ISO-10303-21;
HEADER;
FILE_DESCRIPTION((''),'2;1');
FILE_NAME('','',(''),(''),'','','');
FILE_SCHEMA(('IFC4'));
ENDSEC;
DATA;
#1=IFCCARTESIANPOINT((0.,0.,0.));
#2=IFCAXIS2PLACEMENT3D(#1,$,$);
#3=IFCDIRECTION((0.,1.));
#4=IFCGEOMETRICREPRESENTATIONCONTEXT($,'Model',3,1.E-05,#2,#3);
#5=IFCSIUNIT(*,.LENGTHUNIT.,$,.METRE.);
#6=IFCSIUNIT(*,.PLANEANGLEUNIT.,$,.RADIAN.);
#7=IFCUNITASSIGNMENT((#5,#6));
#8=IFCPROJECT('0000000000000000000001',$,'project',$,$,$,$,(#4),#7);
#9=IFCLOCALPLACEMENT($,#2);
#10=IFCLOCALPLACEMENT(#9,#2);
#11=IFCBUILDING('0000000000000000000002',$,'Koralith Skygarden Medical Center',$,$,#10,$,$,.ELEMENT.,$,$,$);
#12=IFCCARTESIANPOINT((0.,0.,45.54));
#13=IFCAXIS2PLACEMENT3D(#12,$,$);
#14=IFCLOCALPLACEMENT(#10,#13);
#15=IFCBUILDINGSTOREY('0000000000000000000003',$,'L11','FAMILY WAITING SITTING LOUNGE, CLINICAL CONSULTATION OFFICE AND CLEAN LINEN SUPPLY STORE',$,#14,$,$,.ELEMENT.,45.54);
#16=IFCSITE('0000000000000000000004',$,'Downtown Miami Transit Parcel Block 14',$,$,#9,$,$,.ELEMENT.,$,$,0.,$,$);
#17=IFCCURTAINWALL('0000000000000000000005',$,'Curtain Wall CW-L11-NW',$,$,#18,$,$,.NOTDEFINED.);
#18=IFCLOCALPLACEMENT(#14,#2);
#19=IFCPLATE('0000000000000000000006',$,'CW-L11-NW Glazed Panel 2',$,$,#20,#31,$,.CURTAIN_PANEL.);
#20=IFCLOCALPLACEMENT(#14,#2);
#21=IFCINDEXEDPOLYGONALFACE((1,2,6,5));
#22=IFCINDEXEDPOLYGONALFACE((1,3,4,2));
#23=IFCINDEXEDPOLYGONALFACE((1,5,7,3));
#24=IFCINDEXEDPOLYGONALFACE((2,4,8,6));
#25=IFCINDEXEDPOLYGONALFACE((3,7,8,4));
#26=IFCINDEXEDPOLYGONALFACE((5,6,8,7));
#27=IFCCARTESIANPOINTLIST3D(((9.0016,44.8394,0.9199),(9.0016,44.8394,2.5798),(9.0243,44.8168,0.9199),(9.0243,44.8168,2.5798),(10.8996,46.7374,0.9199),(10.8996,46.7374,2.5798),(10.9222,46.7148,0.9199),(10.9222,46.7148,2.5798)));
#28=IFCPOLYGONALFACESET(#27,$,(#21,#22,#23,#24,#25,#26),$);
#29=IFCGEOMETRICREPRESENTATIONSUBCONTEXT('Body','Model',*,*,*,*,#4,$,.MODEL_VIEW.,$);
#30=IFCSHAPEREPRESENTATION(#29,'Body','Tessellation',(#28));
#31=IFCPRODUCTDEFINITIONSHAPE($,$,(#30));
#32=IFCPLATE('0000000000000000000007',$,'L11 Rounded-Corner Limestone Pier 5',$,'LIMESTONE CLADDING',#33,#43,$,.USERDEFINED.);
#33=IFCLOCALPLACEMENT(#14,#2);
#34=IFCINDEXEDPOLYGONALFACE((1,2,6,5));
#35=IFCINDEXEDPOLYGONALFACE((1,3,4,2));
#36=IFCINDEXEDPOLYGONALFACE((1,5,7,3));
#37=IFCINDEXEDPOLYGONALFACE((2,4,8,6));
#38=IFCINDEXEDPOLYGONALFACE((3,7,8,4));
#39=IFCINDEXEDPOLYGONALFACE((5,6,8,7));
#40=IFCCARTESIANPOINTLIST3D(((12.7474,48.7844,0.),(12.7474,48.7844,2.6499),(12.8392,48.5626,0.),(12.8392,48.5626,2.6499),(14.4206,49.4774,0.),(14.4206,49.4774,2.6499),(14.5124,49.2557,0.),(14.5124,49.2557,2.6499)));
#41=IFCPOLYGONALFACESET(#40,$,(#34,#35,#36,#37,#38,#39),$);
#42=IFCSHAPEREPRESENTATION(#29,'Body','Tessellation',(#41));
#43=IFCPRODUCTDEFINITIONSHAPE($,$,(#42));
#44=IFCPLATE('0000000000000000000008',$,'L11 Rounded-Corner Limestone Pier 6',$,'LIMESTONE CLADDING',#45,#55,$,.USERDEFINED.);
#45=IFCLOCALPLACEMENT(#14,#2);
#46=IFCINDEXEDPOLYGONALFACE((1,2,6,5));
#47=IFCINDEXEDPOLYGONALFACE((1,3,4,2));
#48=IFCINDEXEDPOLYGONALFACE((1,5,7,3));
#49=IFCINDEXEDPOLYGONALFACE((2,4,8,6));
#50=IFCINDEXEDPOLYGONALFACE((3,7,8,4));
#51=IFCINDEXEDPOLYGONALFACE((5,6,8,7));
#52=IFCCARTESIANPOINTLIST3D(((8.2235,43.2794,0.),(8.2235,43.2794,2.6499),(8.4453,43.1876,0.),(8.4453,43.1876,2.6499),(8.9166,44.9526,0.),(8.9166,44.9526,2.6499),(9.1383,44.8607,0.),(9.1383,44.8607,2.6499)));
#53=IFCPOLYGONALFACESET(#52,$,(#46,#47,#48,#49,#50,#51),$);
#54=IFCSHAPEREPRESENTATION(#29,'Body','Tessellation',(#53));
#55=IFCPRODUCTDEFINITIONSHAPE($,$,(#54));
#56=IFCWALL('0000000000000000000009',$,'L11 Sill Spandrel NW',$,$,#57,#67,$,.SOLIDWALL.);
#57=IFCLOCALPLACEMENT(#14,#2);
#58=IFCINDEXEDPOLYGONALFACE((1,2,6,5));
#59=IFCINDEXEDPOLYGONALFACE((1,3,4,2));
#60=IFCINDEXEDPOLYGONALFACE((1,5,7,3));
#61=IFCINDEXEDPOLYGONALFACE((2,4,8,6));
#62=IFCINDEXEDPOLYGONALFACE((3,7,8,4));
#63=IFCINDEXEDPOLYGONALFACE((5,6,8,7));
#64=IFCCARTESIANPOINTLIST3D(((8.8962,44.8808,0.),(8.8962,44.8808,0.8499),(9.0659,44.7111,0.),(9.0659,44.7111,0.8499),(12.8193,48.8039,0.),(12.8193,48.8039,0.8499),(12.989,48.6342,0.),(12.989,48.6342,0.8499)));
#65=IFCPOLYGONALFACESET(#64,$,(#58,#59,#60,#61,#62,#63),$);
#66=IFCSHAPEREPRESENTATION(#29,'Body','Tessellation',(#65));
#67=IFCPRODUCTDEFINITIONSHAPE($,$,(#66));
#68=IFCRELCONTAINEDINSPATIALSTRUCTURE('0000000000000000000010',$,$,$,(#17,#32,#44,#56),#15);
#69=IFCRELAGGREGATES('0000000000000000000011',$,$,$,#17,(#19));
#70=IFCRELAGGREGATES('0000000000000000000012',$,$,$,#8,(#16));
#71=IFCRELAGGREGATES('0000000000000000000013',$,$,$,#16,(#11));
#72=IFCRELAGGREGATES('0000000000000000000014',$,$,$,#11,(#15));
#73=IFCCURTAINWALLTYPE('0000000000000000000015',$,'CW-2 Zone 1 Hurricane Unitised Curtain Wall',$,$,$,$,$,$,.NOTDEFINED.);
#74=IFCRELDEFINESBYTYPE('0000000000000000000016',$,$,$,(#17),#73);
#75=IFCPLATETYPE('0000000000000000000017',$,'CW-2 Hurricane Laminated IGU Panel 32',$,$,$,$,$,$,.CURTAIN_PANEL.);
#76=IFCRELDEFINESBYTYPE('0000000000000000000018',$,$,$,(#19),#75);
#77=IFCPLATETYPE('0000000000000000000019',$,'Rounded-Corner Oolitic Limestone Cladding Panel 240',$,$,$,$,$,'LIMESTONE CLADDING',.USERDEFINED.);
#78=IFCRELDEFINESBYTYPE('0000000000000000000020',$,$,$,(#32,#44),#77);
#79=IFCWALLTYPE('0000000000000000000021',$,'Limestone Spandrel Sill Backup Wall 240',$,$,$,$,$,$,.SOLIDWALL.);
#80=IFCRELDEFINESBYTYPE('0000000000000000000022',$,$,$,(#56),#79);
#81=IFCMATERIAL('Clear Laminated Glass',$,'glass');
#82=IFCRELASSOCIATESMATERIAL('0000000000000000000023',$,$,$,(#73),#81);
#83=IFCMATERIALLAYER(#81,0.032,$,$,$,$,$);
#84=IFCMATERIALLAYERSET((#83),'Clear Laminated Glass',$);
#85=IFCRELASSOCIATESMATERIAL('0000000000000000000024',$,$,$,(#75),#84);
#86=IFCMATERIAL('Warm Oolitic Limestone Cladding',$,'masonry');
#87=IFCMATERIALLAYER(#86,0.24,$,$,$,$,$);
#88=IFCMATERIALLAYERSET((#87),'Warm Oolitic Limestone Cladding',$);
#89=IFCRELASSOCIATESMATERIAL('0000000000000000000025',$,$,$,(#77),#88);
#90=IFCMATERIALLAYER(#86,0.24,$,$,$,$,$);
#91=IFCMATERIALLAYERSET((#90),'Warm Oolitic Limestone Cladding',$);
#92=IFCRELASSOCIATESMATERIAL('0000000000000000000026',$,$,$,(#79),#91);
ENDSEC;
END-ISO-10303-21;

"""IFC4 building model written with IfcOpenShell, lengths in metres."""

from ifc_helpers import new_model, si_unit, direction, frame, frame_2d, origin, origin_2d, place, context, subcontext, project, spatial, rectangle, extrude, material, layer, layer_set, type_object, element, aggregate, save


model = new_model("IFC4")

# Units and contexts
model_context = context("Model", 3, precision=1e-05, world=origin(), true_north=direction((0.0, 1.0)))
body_context = subcontext(model_context, "Body", "Model", "MODEL_VIEW")
ifc_project = project(units=[si_unit("LENGTHUNIT", "METRE"), si_unit("PLANEANGLEUNIT", "RADIAN")], contexts=[model_context])

# Site, building, storey
site_placement = place(None, origin())
site = spatial("IfcSite", under=ifc_project, at=site_placement, Name="Downtown Miami Transit Parcel Block 14", CompositionType="ELEMENT", RefElevation=0.0)
building_placement = place(site_placement, origin())
building = spatial("IfcBuilding", under=site, at=building_placement, Name="Koralith Skygarden Medical Center", CompositionType="ELEMENT")
storey_placement = place(building_placement, frame((0.0, 0.0, 45.54)))
storey = spatial("IfcBuildingStorey", under=building, at=storey_placement, Name="L11", Description="FAMILY WAITING SITTING LOUNGE, CLINICAL CONSULTATION OFFICE AND CLEAN LINEN SUPPLY STORE", CompositionType="ELEMENT", Elevation=45.54)

# Curtain wall
ifc_material_1 = material(Name="Clear Laminated Glass", Category="glass")
curtain_wall_type = type_object("IfcCurtainWallType", Name="CW-2 Zone 1 Hurricane Unitised Curtain Wall", PredefinedType="NOTDEFINED", material=ifc_material_1)
curtain_wall_1_placement = place(storey_placement, origin())
curtain_wall_1 = element("IfcCurtainWall", 1, at=curtain_wall_1_placement, inside=storey, type_object=curtain_wall_type, Name="Curtain Wall CW-L11-NW", PredefinedType="NOTDEFINED")

# Plate
ifc_layer_1 = layer(ifc_material_1, 0.032)
ifc_layer_set_1 = layer_set([ifc_layer_1], Name="Clear Laminated Glass")
plate_type_1 = type_object("IfcPlateType", Name="CW-2 Hurricane Laminated IGU Panel 32", PredefinedType="CURTAIN_PANEL", material=ifc_layer_set_1)
plate_1_placement = place(storey_placement, frame((9.9619, 45.7771, 0.9199), z_axis=(0.0, 0.0, 1.0), x_axis=(-0.707107, -0.707107, 0.0)))
plate_1 = element("IfcPlate", 2, at=plate_1_placement, type_object=plate_type_1, Name="CW-L11-NW Glazed Panel 2", PredefinedType="CURTAIN_PANEL", context=body_context, shape_type="SweptSolid", body=[
    extrude(rectangle(XDim=2.6841, YDim=0.032, at=origin_2d()), origin(), (0.0, 0.0, 1.0), 1.6599),
])
aggregate(curtain_wall_1, [plate_1])

# Plates
ifc_material_2 = material(Name="Warm Oolitic Limestone Cladding", Category="masonry")
ifc_layer_2 = layer(ifc_material_2, 0.24)
ifc_layer_set_2 = layer_set([ifc_layer_2], Name="Warm Oolitic Limestone Cladding")
plate_type_2 = type_object("IfcPlateType", Name="Rounded-Corner Oolitic Limestone Cladding Panel 240", ElementType="LIMESTONE CLADDING", PredefinedType="USERDEFINED", material=ifc_layer_set_2)
for number, where, z_axis, x_axis, name in (
    (3, (13.6299, 49.02, 0.0), (0.0, 0.0, 1.0), (-0.923885, -0.382671, 0.0), "L11 Rounded-Corner Limestone Pier 5"),
    (4, (8.6809, 44.0701, 0.0), (0.0, 0.0, 1.0), (-0.382671, -0.923885, 0.0), "L11 Rounded-Corner Limestone Pier 6"),
):
    element("IfcPlate", number, at=place(storey_placement, frame(where, z_axis=z_axis, x_axis=x_axis)), inside=storey, type_object=plate_type_2, Name=name, ObjectType="LIMESTONE CLADDING", PredefinedType="USERDEFINED", context=body_context, shape_type="SweptSolid", body=[
        extrude(rectangle(XDim=1.811, YDim=0.24, at=origin_2d()), origin(), (0.0, 0.0, 1.0), 2.6499),
    ])

# Wall
ifc_layer_3 = layer(ifc_material_2, 0.24)
ifc_layer_set_3 = layer_set([ifc_layer_3], Name="Warm Oolitic Limestone Cladding")
wall_type = type_object("IfcWallType", Name="Limestone Spandrel Sill Backup Wall 240", PredefinedType="SOLIDWALL", material=ifc_layer_set_3)
wall_placement = place(storey_placement, frame((12.9041, 48.719, 0.0), z_axis=(0.0, 0.0, 1.0), x_axis=(-0.707107, -0.707107, 0.0)))
element("IfcWall", 5, at=wall_placement, inside=storey, type_object=wall_type, Name="L11 Sill Spandrel NW", PredefinedType="SOLIDWALL", context=body_context, shape_type="SweptSolid", body=[
    extrude(rectangle(XDim=5.5481, YDim=0.24, at=frame_2d((2.7739, 0.0))), origin(), (0.0, 0.0, 1.0), 0.8499),
])

save(model, "model.ifc")
